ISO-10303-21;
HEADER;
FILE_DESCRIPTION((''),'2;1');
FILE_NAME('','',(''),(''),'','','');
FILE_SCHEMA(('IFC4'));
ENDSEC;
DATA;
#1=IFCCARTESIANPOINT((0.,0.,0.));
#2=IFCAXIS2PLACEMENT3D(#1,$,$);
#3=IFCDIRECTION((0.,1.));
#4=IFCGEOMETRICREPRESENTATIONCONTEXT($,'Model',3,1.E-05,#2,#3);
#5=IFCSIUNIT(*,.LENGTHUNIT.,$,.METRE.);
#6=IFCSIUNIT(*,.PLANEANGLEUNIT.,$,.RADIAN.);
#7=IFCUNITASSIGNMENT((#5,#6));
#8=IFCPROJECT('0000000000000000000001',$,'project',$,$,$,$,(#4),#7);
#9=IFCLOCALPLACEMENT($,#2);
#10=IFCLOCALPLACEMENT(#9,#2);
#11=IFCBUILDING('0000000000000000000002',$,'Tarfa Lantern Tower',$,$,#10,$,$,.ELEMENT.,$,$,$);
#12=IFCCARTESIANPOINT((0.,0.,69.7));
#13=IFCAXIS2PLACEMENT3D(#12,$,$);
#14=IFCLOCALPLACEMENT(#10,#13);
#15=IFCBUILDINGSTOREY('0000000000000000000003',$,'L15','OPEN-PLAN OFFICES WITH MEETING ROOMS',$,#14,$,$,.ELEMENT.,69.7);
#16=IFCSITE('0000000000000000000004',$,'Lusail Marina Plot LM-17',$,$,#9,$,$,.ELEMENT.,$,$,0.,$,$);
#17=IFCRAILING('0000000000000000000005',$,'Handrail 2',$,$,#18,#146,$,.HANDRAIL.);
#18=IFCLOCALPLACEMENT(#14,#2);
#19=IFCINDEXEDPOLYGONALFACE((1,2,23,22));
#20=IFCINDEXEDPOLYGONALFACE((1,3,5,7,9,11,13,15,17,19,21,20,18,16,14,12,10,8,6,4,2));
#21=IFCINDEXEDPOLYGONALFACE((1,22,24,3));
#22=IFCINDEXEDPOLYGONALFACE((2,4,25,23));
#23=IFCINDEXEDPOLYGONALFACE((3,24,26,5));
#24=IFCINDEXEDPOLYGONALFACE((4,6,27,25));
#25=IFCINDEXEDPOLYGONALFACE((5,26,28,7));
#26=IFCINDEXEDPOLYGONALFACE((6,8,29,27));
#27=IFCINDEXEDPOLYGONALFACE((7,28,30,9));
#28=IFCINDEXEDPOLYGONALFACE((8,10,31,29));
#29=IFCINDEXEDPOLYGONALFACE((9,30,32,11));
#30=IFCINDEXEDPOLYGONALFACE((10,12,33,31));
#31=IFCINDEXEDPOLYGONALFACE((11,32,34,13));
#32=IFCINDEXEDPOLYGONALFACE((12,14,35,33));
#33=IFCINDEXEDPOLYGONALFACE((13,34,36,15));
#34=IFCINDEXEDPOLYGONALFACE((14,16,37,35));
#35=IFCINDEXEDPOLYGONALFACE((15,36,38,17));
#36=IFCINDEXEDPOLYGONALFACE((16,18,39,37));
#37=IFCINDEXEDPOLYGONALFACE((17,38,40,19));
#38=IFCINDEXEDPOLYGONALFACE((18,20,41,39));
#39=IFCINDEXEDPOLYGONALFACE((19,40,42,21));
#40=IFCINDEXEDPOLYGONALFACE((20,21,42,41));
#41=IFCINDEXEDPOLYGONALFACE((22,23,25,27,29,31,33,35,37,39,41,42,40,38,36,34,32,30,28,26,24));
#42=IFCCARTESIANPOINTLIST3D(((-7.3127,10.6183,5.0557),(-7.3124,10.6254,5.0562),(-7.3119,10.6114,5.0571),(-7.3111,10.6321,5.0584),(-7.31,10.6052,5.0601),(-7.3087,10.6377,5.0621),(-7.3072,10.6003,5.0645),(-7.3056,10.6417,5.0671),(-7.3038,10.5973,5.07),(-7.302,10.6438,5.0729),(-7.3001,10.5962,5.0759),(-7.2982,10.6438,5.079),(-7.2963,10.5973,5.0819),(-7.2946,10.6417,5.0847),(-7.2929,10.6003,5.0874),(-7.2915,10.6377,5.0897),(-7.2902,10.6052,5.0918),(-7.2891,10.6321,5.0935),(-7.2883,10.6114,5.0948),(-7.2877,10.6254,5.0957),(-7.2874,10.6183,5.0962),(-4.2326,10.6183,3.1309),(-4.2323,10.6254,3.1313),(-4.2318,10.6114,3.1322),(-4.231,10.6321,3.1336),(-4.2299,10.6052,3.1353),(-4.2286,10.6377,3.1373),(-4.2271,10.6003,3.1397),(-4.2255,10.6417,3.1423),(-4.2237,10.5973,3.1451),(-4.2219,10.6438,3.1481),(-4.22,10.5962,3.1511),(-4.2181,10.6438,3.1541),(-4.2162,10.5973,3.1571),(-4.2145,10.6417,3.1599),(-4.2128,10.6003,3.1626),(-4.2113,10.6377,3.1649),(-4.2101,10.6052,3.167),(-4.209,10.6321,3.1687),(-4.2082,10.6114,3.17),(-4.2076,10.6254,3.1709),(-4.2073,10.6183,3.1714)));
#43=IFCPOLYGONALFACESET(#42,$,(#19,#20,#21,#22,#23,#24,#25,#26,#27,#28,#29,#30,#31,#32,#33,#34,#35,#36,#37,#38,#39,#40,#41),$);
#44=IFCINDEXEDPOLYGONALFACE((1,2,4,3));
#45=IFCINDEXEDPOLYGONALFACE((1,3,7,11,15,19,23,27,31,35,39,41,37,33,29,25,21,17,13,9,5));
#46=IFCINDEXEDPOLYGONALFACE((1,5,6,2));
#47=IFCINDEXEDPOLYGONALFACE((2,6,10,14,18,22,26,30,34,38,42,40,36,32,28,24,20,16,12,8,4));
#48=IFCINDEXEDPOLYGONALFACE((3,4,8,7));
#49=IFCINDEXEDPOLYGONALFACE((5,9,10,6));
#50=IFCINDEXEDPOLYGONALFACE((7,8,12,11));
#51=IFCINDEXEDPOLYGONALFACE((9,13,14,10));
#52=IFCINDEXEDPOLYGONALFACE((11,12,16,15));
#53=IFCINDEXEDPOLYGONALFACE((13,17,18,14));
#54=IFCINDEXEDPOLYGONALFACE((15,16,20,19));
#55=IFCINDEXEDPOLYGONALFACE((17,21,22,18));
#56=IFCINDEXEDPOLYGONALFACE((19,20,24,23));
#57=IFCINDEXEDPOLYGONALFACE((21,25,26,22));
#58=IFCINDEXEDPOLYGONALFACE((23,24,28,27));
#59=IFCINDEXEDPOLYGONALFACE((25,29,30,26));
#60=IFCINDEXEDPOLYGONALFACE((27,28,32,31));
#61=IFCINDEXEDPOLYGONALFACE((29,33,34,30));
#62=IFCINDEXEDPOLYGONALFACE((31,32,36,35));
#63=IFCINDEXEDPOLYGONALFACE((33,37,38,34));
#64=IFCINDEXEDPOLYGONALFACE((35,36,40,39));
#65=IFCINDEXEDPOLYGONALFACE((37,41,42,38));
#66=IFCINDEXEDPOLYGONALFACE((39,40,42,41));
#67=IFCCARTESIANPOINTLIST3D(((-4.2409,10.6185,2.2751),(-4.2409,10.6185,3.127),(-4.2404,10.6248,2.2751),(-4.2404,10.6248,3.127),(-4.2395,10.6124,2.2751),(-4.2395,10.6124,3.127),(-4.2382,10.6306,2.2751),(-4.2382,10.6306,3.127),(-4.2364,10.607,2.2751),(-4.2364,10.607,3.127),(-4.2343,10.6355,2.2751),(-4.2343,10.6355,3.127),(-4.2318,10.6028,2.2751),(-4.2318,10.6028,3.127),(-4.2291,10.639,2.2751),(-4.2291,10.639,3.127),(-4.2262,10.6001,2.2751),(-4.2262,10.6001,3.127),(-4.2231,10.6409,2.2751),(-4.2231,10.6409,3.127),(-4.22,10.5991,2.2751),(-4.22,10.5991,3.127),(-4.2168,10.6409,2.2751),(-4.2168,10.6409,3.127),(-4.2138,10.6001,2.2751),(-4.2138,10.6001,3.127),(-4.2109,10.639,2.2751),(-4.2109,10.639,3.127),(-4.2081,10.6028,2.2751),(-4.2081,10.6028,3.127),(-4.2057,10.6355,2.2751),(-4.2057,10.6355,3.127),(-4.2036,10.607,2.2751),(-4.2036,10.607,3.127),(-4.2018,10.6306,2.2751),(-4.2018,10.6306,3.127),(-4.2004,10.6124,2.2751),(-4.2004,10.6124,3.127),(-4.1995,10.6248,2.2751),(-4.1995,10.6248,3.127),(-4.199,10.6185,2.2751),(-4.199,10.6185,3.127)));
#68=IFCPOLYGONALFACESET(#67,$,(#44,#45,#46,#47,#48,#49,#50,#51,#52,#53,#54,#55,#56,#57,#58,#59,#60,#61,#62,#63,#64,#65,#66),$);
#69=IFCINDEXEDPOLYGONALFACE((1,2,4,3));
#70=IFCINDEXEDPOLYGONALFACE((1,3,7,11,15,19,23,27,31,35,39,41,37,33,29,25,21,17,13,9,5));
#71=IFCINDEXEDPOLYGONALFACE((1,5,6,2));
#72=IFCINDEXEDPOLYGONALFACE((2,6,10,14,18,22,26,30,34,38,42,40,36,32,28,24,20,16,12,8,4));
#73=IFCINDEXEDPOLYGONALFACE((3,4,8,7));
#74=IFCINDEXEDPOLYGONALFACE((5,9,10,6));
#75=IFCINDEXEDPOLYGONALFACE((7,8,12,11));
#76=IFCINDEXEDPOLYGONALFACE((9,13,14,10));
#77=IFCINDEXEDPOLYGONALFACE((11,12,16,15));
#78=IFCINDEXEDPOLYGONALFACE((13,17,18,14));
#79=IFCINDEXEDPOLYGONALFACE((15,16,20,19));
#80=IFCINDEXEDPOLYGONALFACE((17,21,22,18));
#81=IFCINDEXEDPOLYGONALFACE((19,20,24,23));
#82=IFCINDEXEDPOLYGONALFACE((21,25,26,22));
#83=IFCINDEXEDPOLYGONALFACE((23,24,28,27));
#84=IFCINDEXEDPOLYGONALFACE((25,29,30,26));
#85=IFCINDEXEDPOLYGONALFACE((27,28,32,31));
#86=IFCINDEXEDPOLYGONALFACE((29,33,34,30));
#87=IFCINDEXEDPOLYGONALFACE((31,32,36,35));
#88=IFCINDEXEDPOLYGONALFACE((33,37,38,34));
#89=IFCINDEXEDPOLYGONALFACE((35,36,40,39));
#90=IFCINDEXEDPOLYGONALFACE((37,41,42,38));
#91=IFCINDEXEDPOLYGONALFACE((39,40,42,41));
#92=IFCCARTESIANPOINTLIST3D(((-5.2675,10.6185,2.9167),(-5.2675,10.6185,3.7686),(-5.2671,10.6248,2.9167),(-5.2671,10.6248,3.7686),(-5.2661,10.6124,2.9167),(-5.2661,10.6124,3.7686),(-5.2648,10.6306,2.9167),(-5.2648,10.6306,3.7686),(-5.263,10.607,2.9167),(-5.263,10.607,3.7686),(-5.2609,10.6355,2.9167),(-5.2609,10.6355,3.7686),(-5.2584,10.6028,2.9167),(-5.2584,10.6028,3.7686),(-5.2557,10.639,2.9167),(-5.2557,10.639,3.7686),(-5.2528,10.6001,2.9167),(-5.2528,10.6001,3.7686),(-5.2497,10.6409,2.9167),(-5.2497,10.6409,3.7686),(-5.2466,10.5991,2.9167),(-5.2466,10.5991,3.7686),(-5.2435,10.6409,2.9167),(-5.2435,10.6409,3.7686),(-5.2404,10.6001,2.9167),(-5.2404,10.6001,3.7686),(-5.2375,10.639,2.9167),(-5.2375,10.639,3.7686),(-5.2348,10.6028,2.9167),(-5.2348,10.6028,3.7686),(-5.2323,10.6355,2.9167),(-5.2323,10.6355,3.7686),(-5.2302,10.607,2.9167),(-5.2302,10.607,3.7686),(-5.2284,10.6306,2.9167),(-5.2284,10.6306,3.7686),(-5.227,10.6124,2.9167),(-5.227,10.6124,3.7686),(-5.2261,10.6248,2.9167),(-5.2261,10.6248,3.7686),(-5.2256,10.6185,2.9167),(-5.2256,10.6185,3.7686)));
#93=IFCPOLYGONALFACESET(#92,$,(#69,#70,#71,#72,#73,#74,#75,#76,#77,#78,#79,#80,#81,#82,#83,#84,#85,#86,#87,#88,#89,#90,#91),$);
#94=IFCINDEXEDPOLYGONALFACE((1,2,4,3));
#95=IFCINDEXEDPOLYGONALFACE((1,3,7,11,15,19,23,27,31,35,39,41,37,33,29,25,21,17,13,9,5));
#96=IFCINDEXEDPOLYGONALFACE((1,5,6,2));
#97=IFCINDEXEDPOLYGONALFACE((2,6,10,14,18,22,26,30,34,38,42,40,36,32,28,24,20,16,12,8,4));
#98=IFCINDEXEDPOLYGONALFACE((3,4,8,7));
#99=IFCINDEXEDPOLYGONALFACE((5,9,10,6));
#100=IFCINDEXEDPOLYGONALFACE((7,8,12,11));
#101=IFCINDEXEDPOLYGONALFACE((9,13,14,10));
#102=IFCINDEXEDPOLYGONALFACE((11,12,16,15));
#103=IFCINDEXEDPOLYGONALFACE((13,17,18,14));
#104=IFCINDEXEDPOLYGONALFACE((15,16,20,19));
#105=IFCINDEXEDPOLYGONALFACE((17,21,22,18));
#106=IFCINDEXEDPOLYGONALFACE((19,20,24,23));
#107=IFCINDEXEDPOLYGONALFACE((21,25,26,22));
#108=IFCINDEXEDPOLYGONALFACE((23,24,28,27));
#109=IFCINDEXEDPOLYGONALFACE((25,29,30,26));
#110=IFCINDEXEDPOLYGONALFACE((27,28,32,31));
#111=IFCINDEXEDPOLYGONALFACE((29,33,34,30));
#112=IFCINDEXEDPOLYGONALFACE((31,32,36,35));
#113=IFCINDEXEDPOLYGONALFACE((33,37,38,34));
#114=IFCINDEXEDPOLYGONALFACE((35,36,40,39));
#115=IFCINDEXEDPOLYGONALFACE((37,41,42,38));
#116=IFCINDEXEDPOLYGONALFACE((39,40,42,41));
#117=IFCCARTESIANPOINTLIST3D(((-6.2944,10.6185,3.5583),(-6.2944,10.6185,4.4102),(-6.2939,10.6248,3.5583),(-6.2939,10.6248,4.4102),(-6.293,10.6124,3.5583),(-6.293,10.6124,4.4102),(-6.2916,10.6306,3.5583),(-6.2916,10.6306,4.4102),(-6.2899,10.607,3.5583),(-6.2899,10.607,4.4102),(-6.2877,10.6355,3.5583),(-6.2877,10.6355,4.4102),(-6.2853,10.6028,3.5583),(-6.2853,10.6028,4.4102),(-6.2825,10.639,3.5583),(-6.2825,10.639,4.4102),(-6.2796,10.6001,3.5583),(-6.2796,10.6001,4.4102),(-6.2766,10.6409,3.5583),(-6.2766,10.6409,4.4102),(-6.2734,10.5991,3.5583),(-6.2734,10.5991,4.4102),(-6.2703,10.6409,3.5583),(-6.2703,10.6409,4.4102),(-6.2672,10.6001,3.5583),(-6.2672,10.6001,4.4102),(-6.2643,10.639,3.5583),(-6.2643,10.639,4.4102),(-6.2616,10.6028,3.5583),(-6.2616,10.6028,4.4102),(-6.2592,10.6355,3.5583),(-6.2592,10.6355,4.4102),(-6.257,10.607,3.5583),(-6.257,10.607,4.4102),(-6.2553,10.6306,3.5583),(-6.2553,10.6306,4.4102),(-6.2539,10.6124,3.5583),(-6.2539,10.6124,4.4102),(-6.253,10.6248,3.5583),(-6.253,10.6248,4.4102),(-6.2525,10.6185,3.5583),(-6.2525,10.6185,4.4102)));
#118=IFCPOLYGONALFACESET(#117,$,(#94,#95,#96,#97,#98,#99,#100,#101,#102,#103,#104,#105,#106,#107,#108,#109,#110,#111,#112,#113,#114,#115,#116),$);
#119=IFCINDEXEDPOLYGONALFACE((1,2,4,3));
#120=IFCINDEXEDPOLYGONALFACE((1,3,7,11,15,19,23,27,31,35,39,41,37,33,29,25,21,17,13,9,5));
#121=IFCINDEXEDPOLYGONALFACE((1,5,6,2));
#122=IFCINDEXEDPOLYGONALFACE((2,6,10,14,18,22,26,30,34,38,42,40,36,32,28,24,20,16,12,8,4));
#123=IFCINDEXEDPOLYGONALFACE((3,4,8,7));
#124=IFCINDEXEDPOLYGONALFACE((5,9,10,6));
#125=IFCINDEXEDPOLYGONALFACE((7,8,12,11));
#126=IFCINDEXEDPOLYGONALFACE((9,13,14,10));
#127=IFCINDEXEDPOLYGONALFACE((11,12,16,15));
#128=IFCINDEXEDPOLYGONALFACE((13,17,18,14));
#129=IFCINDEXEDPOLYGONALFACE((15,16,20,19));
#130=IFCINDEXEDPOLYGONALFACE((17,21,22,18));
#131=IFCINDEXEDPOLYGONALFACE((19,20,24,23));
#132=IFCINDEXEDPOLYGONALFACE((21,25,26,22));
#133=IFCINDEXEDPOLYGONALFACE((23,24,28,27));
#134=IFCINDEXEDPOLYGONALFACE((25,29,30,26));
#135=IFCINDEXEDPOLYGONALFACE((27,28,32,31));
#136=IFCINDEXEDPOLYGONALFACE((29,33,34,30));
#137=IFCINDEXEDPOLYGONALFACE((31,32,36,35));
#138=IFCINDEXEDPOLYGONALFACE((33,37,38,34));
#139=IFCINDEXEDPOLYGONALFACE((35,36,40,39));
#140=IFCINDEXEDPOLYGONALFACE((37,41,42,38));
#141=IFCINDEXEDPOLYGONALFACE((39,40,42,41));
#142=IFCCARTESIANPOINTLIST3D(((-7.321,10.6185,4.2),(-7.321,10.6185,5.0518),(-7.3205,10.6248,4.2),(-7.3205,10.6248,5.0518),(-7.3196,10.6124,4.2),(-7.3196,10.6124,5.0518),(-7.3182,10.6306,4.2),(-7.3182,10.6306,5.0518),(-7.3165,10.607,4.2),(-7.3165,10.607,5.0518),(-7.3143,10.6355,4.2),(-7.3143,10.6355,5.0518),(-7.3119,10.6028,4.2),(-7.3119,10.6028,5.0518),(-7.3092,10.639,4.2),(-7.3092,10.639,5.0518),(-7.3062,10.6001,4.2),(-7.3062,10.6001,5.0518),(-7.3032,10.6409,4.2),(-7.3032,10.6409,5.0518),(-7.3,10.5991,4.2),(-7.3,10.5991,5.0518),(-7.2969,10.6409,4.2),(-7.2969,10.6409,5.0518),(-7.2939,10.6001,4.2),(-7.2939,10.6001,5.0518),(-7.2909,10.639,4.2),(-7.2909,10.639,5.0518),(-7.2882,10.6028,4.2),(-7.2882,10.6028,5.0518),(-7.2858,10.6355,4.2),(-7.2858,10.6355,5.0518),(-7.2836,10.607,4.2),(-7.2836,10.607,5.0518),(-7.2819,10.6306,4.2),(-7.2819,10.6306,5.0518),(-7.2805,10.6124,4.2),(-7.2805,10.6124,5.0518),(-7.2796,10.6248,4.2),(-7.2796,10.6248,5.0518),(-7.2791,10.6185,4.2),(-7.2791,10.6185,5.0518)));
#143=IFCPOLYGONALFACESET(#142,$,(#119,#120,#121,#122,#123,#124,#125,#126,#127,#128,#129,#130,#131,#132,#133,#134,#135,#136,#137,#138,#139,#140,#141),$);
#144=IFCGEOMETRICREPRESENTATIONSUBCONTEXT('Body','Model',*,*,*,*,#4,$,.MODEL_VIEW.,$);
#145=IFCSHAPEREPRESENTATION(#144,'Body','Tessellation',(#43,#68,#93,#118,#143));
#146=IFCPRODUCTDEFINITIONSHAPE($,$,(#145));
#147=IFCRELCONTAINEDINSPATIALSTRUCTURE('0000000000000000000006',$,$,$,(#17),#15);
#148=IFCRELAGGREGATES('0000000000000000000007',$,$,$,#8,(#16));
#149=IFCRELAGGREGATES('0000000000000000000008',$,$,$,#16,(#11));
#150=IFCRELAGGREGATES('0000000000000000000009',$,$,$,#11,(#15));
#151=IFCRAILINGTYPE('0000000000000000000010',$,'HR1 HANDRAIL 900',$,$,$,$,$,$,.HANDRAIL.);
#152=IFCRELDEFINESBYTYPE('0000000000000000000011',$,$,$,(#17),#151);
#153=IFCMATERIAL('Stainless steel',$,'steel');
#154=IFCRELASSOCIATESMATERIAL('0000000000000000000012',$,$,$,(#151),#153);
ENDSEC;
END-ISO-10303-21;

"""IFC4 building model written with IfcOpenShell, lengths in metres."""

from ifc_helpers import new_model, si_unit, direction, frame, origin, origin_2d, place, context, subcontext, project, spatial, circle, extrude, material, type_object, element, save


model = new_model("IFC4")

# Units and contexts
model_context = context("Model", 3, precision=1e-05, world=origin(), true_north=direction((0.0, 1.0)))
body_context = subcontext(model_context, "Body", "Model", "MODEL_VIEW")
ifc_project = project(units=[si_unit("LENGTHUNIT", "METRE"), si_unit("PLANEANGLEUNIT", "RADIAN")], contexts=[model_context])

# Site, building, storey
site_placement = place(None, origin())
site = spatial("IfcSite", under=ifc_project, at=site_placement, Name="Lusail Marina Plot LM-17", CompositionType="ELEMENT", RefElevation=0.0)
building_placement = place(site_placement, origin())
building = spatial("IfcBuilding", under=site, at=building_placement, Name="Tarfa Lantern Tower", CompositionType="ELEMENT")
storey_placement = place(building_placement, frame((0.0, 0.0, 69.7)))
storey = spatial("IfcBuildingStorey", under=building, at=storey_placement, Name="L15", Description="OPEN-PLAN OFFICES WITH MEETING ROOMS", CompositionType="ELEMENT", Elevation=69.7)

# Railing
ifc_material_1 = material(Name="Stainless steel", Category="steel")
railing_type = type_object("IfcRailingType", Name="HR1 HANDRAIL 900", PredefinedType="HANDRAIL", material=ifc_material_1)
railing_1_placement = place(storey_placement, frame((-4.22, 10.6201, 2.2751)))
element("IfcRailing", 1, at=railing_1_placement, inside=storey, type_object=railing_type, Name="Handrail 2", PredefinedType="HANDRAIL", context=body_context, shape_type="SweptSolid", body=[
    extrude(circle(Radius=0.0239, at=origin_2d()), frame((0.0, 0.0, 0.876), z_axis=(-0.848029, 0.0, 0.529951), x_axis=(0.0, -1.0, 0.0)), (0.0, 0.0, 1.0), 3.6321),
    extrude(circle(Radius=0.021, at=origin_2d()), frame((0.0, 0.0, 0.0), z_axis=(0.0, 0.0, 1.0), x_axis=(0.0, -1.0, 0.0)), (0.0, 0.0, 1.0), 0.8518),
    extrude(circle(Radius=0.021, at=origin_2d()), frame((-1.0266, 0.0, 0.6416), z_axis=(0.0, 0.0, 1.0), x_axis=(0.0, -1.0, 0.0)), (0.0, 0.0, 1.0), 0.8518),
    extrude(circle(Radius=0.021, at=origin_2d()), frame((-2.0535, 0.0, 1.2832), z_axis=(0.0, 0.0, 1.0), x_axis=(0.0, -1.0, 0.0)), (0.0, 0.0, 1.0), 0.8518),
    extrude(circle(Radius=0.021, at=origin_2d()), frame((-3.0801, 0.0, 1.9248), z_axis=(0.0, 0.0, 1.0), x_axis=(0.0, -1.0, 0.0)), (0.0, 0.0, 1.0), 0.8518),
])

save(model, "model.ifc")
